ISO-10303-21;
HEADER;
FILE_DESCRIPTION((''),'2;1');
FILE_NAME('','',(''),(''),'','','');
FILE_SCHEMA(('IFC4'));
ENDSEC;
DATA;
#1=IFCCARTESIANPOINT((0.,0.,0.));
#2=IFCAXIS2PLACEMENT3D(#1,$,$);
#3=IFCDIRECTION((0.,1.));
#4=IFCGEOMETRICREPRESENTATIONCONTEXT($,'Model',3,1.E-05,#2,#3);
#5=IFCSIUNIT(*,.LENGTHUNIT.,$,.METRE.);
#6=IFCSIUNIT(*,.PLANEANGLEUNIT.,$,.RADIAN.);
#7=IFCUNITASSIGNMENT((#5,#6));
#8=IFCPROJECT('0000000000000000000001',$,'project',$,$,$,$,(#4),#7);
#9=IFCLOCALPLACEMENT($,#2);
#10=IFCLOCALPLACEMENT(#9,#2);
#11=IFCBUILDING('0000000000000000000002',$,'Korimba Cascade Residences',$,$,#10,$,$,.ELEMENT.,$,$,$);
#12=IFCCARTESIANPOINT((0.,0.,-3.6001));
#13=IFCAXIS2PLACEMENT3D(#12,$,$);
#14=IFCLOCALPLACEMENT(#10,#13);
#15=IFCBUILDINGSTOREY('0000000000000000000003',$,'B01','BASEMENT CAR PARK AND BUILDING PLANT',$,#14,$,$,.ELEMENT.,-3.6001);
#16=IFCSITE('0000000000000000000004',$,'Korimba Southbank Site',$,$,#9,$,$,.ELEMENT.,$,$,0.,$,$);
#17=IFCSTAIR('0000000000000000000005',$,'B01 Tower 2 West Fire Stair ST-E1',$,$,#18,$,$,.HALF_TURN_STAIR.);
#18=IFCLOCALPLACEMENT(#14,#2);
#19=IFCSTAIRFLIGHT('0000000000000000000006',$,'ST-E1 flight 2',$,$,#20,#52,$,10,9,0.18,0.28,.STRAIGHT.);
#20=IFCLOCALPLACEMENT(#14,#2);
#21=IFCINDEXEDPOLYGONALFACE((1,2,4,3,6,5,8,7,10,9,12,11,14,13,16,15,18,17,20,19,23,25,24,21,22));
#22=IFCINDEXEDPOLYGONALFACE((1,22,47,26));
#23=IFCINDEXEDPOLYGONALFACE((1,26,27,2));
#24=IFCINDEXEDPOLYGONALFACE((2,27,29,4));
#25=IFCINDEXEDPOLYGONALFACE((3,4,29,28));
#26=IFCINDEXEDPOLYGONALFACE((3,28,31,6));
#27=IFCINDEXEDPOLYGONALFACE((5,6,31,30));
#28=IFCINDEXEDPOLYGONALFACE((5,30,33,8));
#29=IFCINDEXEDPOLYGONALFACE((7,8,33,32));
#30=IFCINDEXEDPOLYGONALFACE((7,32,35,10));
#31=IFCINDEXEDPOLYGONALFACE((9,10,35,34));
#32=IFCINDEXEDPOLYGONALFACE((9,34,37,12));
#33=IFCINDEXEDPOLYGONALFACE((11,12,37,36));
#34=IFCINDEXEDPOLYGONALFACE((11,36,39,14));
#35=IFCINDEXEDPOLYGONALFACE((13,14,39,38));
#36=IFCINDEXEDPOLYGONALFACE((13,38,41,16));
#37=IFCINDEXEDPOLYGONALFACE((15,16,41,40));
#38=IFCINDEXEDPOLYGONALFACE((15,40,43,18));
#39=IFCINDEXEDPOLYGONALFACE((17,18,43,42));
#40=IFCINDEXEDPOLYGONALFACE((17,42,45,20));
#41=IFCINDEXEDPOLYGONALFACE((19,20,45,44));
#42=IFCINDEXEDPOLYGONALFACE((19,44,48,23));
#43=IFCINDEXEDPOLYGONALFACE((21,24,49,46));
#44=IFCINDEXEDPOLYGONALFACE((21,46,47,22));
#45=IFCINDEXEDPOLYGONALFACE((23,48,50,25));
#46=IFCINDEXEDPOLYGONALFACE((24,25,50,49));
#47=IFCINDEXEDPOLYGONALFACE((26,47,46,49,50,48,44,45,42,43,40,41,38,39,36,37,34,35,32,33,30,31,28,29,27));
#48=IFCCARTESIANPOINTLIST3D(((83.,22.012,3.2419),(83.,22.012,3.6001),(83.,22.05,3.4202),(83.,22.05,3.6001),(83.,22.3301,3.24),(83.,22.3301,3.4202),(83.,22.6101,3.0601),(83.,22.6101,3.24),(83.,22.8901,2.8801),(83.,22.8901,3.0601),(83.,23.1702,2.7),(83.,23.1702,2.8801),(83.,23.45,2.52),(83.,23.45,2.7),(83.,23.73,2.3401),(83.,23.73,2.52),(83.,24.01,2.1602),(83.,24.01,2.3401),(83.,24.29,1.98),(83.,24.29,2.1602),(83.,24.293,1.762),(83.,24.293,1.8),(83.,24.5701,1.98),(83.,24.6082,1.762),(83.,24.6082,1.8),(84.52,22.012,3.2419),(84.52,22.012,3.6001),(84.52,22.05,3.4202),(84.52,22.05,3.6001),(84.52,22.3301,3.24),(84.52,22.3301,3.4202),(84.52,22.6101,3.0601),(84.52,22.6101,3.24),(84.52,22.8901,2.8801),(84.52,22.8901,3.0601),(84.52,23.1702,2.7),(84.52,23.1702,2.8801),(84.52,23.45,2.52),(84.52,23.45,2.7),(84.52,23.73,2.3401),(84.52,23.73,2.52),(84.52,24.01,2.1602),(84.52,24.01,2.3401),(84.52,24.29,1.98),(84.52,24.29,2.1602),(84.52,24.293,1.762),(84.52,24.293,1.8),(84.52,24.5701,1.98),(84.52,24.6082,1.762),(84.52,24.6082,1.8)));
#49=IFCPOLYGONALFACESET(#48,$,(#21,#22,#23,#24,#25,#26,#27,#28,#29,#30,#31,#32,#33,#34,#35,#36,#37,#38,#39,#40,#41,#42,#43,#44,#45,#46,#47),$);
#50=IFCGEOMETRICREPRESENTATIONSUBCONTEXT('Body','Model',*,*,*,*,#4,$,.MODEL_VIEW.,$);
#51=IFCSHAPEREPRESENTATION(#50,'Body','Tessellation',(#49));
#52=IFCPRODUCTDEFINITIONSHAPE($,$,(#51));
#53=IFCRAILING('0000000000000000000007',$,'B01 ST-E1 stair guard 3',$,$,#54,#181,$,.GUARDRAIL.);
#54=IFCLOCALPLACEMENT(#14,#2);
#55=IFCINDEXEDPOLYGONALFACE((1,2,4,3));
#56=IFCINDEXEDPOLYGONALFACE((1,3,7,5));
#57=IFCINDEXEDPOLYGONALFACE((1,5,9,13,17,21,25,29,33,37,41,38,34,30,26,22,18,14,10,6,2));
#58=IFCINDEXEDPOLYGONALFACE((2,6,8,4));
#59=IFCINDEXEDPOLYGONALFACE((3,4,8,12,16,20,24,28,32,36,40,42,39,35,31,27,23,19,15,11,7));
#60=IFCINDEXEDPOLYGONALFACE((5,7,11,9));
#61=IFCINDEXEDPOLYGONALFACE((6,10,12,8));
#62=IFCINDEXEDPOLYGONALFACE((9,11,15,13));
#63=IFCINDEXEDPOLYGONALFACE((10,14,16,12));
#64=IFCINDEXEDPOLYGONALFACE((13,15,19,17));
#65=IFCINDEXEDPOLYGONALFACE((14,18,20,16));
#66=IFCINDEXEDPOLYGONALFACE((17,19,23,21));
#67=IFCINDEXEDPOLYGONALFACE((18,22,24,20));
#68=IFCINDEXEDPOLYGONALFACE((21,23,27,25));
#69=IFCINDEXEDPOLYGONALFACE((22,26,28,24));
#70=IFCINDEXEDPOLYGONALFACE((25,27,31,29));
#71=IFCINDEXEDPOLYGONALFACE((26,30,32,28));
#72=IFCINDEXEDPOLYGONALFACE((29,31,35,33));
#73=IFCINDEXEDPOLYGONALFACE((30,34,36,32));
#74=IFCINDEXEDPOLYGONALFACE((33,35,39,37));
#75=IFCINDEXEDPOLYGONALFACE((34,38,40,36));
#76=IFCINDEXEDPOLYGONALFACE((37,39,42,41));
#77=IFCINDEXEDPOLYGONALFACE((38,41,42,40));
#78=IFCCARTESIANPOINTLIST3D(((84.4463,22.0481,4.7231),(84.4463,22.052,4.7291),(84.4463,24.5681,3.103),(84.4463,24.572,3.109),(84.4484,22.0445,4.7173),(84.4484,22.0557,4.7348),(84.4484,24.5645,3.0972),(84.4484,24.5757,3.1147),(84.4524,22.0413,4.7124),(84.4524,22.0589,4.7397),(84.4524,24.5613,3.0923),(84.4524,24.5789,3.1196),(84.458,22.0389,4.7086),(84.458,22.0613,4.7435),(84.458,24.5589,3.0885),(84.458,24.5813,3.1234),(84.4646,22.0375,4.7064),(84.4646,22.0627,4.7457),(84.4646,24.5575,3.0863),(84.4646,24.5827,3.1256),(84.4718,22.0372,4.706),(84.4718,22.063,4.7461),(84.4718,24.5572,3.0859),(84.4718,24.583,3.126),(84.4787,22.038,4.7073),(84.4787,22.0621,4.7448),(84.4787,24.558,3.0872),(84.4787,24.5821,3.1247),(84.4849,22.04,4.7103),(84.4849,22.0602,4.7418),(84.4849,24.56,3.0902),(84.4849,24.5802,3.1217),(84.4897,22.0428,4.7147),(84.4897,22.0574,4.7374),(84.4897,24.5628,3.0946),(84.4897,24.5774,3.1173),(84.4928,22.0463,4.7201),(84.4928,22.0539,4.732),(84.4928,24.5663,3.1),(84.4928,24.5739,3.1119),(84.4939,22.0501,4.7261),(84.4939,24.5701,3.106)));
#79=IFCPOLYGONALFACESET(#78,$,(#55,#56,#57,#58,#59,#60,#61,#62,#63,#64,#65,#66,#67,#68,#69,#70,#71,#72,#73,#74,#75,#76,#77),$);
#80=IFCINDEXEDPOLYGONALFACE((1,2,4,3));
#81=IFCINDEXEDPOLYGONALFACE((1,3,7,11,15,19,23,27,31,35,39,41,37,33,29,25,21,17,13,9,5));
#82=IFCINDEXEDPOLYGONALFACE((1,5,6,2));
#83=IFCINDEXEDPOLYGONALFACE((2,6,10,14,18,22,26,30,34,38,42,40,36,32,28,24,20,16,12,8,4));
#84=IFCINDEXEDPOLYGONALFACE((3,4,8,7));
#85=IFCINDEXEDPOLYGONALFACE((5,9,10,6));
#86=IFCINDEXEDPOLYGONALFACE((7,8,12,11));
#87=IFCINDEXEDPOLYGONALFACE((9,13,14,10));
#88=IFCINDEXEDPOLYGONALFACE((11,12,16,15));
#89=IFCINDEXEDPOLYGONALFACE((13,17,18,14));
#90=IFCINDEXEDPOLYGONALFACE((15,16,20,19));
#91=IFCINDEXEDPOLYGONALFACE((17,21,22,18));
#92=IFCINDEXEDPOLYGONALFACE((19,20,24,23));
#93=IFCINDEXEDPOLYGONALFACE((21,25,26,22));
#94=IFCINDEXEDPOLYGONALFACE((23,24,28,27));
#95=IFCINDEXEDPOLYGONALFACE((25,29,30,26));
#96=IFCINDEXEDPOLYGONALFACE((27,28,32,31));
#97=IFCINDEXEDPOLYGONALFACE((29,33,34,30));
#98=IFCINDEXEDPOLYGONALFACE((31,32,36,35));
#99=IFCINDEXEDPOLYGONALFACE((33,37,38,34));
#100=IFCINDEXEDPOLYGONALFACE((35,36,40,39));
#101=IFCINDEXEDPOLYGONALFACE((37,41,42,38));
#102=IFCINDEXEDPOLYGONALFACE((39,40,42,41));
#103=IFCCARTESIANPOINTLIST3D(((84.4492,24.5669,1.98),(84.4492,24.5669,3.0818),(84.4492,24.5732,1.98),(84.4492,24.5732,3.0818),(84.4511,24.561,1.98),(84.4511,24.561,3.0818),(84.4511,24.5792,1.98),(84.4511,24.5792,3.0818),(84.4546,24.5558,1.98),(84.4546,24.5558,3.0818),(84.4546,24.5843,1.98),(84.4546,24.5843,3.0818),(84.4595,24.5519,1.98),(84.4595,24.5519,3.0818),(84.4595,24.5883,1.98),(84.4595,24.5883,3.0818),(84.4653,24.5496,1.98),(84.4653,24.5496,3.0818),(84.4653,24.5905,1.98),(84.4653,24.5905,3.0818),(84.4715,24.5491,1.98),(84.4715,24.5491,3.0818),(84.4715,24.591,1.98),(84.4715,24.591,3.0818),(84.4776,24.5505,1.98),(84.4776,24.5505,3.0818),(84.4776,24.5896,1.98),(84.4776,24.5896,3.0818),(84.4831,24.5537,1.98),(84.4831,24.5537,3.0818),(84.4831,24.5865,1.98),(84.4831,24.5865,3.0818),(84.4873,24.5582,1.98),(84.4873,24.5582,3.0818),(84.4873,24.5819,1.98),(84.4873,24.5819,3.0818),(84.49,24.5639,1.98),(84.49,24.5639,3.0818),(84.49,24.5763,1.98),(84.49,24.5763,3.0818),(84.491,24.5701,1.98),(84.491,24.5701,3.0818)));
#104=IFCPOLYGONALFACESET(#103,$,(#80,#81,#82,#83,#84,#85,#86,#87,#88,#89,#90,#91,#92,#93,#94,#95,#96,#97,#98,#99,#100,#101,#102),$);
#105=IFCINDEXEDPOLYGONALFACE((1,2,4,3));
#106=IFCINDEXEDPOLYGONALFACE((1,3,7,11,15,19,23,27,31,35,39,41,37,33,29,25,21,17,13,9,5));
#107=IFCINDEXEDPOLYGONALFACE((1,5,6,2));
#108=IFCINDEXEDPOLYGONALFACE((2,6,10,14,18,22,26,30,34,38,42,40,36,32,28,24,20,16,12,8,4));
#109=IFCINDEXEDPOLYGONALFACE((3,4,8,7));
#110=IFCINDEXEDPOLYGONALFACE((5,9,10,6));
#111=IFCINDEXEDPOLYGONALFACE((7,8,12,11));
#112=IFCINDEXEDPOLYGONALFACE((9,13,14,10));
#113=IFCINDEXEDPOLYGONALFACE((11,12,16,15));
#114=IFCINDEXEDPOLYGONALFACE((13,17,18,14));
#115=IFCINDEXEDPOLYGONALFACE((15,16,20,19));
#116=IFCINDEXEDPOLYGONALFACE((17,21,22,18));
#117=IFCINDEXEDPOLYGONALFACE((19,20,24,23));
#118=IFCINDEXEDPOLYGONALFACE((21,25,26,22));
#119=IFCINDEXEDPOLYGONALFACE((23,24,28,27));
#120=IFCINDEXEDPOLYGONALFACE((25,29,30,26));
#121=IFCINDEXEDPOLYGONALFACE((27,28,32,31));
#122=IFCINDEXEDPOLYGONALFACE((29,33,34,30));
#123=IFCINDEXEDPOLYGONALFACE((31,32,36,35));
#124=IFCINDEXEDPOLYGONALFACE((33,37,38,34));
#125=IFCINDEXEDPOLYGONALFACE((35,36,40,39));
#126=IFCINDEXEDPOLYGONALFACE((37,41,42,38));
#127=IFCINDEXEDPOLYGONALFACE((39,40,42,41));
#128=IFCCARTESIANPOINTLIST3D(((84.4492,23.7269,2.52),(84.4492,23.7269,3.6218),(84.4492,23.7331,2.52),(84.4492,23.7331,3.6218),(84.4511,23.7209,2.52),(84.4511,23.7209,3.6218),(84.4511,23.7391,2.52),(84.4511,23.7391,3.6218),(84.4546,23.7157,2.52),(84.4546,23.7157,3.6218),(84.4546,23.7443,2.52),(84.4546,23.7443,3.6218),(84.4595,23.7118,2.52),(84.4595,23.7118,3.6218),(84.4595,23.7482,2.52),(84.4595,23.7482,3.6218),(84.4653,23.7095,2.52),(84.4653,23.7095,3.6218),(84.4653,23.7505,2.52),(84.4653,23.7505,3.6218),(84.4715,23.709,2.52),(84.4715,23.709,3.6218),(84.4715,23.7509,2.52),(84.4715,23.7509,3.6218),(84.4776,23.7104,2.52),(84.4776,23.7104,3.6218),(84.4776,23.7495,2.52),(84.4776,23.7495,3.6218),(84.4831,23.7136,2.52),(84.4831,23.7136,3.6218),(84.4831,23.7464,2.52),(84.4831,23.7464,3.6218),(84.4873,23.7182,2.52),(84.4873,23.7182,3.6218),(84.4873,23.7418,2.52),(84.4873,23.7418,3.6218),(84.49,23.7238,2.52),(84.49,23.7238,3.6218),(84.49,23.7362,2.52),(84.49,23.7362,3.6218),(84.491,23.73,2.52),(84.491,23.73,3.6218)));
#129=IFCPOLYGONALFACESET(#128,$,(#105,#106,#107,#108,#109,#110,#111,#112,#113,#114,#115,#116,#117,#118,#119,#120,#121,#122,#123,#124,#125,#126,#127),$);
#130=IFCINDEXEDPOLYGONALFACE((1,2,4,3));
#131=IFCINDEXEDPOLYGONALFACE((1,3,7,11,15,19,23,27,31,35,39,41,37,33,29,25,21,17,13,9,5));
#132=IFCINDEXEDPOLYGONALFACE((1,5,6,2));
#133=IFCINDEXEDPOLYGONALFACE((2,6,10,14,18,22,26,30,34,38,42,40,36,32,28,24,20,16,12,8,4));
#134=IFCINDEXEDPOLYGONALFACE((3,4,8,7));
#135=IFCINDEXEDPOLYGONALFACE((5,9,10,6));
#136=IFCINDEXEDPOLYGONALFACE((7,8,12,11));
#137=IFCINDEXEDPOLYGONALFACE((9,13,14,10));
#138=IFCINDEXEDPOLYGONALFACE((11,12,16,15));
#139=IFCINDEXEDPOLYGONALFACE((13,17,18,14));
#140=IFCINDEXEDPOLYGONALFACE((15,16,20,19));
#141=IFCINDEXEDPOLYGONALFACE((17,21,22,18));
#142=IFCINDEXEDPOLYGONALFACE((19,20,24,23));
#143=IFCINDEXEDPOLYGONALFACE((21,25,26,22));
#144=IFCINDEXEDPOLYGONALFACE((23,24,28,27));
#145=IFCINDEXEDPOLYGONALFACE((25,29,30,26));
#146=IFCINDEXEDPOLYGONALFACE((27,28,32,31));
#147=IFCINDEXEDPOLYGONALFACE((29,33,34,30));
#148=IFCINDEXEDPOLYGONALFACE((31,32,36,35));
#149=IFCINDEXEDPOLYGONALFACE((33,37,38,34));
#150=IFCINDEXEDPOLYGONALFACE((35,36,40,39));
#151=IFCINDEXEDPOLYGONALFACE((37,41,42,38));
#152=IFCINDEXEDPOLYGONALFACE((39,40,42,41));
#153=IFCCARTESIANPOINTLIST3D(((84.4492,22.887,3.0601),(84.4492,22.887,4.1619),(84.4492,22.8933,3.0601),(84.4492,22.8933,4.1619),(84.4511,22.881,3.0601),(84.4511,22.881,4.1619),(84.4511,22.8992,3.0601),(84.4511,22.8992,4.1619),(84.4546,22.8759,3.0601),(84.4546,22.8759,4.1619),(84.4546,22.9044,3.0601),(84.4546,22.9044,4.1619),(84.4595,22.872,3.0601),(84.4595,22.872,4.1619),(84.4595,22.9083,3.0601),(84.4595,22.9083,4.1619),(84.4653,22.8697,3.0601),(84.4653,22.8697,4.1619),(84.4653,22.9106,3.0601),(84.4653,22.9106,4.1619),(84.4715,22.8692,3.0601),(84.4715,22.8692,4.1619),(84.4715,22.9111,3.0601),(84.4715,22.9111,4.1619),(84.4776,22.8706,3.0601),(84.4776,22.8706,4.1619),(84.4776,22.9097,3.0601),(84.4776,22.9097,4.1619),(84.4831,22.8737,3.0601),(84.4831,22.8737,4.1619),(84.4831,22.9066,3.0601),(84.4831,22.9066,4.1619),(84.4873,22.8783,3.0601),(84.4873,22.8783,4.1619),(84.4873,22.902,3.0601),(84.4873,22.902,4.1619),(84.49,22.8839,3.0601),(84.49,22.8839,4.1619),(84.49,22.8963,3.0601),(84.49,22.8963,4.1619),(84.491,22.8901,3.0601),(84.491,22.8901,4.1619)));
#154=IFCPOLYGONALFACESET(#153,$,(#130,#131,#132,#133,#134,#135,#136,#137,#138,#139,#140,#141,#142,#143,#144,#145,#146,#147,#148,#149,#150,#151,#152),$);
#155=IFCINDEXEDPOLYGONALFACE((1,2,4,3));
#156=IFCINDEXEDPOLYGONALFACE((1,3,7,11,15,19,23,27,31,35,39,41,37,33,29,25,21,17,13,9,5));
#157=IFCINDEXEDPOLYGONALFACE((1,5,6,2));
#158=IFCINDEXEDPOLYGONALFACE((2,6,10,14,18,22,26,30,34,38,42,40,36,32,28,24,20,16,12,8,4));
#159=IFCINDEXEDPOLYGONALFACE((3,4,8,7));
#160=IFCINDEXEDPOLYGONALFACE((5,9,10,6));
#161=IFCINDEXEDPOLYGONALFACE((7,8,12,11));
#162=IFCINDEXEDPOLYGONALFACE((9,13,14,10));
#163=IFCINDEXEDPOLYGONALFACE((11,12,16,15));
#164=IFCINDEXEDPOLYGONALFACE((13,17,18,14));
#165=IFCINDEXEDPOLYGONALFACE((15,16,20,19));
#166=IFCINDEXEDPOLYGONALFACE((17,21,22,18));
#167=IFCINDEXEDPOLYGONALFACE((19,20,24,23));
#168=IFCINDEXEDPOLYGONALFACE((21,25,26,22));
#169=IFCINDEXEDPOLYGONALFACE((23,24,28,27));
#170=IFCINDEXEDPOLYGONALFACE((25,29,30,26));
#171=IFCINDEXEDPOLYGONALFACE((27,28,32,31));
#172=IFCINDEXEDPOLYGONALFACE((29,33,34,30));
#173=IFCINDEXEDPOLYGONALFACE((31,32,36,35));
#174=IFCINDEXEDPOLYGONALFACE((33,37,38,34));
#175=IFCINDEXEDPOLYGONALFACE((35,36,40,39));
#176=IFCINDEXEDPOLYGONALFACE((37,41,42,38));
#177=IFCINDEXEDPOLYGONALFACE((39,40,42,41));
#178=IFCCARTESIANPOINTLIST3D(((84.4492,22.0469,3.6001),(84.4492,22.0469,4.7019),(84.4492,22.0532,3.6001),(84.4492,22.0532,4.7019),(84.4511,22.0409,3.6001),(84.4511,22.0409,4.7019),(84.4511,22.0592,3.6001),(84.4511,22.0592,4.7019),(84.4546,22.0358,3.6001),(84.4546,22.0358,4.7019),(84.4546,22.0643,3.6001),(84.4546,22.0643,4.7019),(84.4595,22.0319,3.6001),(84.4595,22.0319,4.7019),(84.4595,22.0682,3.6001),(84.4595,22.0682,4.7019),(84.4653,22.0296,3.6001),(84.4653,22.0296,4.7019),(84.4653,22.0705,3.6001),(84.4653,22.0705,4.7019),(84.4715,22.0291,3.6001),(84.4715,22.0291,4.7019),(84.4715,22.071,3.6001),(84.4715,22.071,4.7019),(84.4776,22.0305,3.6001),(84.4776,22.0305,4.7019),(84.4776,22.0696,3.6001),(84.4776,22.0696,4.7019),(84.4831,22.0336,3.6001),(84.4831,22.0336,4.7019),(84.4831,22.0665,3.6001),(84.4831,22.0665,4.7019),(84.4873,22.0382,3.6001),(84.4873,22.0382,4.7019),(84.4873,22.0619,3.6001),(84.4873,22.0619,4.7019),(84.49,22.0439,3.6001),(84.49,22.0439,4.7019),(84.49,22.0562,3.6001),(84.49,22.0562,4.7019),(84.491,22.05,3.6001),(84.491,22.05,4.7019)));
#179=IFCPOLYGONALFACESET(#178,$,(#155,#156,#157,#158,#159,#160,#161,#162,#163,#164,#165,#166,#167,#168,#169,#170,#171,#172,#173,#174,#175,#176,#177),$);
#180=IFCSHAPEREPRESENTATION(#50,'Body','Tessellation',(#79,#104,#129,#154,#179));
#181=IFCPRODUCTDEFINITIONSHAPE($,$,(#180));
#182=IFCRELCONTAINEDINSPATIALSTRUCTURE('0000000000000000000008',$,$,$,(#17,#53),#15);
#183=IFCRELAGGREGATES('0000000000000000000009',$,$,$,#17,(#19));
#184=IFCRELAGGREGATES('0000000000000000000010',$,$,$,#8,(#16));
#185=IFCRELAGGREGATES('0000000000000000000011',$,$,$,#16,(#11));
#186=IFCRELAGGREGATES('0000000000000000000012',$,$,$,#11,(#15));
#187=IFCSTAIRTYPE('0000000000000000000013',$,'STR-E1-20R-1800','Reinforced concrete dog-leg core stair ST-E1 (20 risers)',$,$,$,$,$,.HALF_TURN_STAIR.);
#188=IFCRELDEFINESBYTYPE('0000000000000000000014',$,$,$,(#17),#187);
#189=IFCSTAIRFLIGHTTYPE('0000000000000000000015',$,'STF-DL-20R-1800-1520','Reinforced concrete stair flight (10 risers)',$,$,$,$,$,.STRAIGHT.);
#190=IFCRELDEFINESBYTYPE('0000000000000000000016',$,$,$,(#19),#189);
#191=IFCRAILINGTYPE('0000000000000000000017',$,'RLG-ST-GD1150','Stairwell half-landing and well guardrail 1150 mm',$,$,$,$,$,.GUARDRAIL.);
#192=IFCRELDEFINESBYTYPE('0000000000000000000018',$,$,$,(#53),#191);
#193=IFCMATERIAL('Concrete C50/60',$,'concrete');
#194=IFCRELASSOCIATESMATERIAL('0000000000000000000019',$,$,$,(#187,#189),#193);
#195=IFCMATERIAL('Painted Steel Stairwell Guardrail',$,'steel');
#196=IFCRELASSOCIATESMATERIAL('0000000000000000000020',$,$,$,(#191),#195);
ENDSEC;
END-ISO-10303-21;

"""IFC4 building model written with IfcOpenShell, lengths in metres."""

from ifc_helpers import new_model, si_unit, direction, frame, origin, origin_2d, place, context, subcontext, project, spatial, polyline, circle, outline, extrude, material, type_object, element, aggregate, save


model = new_model("IFC4")

# Units and contexts
model_context = context("Model", 3, precision=1e-05, world=origin(), true_north=direction((0.0, 1.0)))
body_context = subcontext(model_context, "Body", "Model", "MODEL_VIEW")
ifc_project = project(units=[si_unit("LENGTHUNIT", "METRE"), si_unit("PLANEANGLEUNIT", "RADIAN")], contexts=[model_context])

# Site, building, storey
site_placement = place(None, origin())
site = spatial("IfcSite", under=ifc_project, at=site_placement, Name="Korimba Southbank Site", CompositionType="ELEMENT", RefElevation=0.0)
building_placement = place(site_placement, origin())
building = spatial("IfcBuilding", under=site, at=building_placement, Name="Korimba Cascade Residences", CompositionType="ELEMENT")
storey_placement = place(building_placement, frame((0.0, 0.0, -3.6001)))
storey = spatial("IfcBuildingStorey", under=building, at=storey_placement, Name="B01", Description="BASEMENT CAR PARK AND BUILDING PLANT", CompositionType="ELEMENT", Elevation=-3.6001)

# Shared definitions
ifc_material_1 = material(Name="Concrete C50/60", Category="concrete")

# Stair, stair flight
stair_type = type_object("IfcStairType", Name="STR-E1-20R-1800", Description="Reinforced concrete dog-leg core stair ST-E1 (20 risers)", PredefinedType="HALF_TURN_STAIR", material=ifc_material_1)
stair_placement = place(storey_placement, origin())
stair = element("IfcStair", 1, at=stair_placement, inside=storey, type_object=stair_type, Name="B01 Tower 2 West Fire Stair ST-E1", PredefinedType="HALF_TURN_STAIR")
stair_flight_type = type_object("IfcStairFlightType", Name="STF-DL-20R-1800-1520", Description="Reinforced concrete stair flight (10 risers)", PredefinedType="STRAIGHT", material=ifc_material_1)
stair_flight_placement = place(storey_placement, frame((83.76, 24.5701, 1.8), z_axis=(0.0, 0.0, 1.0), x_axis=(0.0, -1.0, 0.0)))
stair_flight = element("IfcStairFlight", 2, at=stair_flight_placement, type_object=stair_flight_type, Name="ST-E1 flight 2", NumberOfRisers=10, NumberOfTreads=9, PredefinedType="STRAIGHT", RiserHeight=0.18, TreadLength=0.28, context=body_context, shape_type="SweptSolid", body=[
    extrude(outline(polyline([(-0.0381, 0.0), (0.0, 0.1799), (0.28, 0.1799), (0.28, 0.3601), (0.5601, 0.3601), (0.5601, 0.54), (0.8401, 0.54), (0.8401, 0.72), (1.1201, 0.72), (1.1201, 0.8999), (1.3999, 0.8999), (1.3999, 1.0801), (1.6799, 1.0801), (1.6799, 1.26), (1.96, 1.26), (1.96, 1.4399), (2.24, 1.4399), (2.24, 1.6201), (2.52, 1.6201), (2.52, 1.8), (2.5581, 1.8), (2.5581, 1.4419), (0.2771, 0.0), (0.2771, -0.0381), (-0.0381, -0.0381), (-0.0381, 0.0)])), frame((0.0, 0.76, 0.0), z_axis=(0.0, -1.0, 0.0), x_axis=(1.0, 0.0, 0.0)), (0.0, 0.0, 1.0), 1.52),
])
aggregate(stair, [stair_flight])

# Railing
ifc_material_2 = material(Name="Painted Steel Stairwell Guardrail", Category="steel")
railing_type_1 = type_object("IfcRailingType", Name="RLG-ST-GD1150", Description="Stairwell half-landing and well guardrail 1150 mm", PredefinedType="GUARDRAIL", material=ifc_material_2)
railing_1_placement = place(storey_placement, frame((84.47, 24.5701, 1.98)))
element("IfcRailing", 3, at=railing_1_placement, inside=storey, type_object=railing_type_1, Name="B01 ST-E1 stair guard 3", PredefinedType="GUARDRAIL", context=body_context, shape_type="SweptSolid", body=[
    extrude(circle(Radius=0.0239, at=origin_2d()), frame((0.0, 0.0, 1.126), z_axis=(0.0, -0.841163, 0.540782), x_axis=(1.0, 0.0, 0.0)), (0.0, 0.0, 1.0), 2.9958),
    extrude(circle(Radius=0.021, at=origin_2d()), origin(), (0.0, 0.0, 1.0), 1.1018),
    extrude(circle(Radius=0.021, at=origin_2d()), frame((0.0, -0.8401, 0.54)), (0.0, 0.0, 1.0), 1.1018),
    extrude(circle(Radius=0.021, at=origin_2d()), frame((0.0, -1.6799, 1.0801)), (0.0, 0.0, 1.0), 1.1018),
    extrude(circle(Radius=0.021, at=origin_2d()), frame((0.0, -2.52, 1.6201)), (0.0, 0.0, 1.0), 1.1018),
])

save(model, "model.ifc")
